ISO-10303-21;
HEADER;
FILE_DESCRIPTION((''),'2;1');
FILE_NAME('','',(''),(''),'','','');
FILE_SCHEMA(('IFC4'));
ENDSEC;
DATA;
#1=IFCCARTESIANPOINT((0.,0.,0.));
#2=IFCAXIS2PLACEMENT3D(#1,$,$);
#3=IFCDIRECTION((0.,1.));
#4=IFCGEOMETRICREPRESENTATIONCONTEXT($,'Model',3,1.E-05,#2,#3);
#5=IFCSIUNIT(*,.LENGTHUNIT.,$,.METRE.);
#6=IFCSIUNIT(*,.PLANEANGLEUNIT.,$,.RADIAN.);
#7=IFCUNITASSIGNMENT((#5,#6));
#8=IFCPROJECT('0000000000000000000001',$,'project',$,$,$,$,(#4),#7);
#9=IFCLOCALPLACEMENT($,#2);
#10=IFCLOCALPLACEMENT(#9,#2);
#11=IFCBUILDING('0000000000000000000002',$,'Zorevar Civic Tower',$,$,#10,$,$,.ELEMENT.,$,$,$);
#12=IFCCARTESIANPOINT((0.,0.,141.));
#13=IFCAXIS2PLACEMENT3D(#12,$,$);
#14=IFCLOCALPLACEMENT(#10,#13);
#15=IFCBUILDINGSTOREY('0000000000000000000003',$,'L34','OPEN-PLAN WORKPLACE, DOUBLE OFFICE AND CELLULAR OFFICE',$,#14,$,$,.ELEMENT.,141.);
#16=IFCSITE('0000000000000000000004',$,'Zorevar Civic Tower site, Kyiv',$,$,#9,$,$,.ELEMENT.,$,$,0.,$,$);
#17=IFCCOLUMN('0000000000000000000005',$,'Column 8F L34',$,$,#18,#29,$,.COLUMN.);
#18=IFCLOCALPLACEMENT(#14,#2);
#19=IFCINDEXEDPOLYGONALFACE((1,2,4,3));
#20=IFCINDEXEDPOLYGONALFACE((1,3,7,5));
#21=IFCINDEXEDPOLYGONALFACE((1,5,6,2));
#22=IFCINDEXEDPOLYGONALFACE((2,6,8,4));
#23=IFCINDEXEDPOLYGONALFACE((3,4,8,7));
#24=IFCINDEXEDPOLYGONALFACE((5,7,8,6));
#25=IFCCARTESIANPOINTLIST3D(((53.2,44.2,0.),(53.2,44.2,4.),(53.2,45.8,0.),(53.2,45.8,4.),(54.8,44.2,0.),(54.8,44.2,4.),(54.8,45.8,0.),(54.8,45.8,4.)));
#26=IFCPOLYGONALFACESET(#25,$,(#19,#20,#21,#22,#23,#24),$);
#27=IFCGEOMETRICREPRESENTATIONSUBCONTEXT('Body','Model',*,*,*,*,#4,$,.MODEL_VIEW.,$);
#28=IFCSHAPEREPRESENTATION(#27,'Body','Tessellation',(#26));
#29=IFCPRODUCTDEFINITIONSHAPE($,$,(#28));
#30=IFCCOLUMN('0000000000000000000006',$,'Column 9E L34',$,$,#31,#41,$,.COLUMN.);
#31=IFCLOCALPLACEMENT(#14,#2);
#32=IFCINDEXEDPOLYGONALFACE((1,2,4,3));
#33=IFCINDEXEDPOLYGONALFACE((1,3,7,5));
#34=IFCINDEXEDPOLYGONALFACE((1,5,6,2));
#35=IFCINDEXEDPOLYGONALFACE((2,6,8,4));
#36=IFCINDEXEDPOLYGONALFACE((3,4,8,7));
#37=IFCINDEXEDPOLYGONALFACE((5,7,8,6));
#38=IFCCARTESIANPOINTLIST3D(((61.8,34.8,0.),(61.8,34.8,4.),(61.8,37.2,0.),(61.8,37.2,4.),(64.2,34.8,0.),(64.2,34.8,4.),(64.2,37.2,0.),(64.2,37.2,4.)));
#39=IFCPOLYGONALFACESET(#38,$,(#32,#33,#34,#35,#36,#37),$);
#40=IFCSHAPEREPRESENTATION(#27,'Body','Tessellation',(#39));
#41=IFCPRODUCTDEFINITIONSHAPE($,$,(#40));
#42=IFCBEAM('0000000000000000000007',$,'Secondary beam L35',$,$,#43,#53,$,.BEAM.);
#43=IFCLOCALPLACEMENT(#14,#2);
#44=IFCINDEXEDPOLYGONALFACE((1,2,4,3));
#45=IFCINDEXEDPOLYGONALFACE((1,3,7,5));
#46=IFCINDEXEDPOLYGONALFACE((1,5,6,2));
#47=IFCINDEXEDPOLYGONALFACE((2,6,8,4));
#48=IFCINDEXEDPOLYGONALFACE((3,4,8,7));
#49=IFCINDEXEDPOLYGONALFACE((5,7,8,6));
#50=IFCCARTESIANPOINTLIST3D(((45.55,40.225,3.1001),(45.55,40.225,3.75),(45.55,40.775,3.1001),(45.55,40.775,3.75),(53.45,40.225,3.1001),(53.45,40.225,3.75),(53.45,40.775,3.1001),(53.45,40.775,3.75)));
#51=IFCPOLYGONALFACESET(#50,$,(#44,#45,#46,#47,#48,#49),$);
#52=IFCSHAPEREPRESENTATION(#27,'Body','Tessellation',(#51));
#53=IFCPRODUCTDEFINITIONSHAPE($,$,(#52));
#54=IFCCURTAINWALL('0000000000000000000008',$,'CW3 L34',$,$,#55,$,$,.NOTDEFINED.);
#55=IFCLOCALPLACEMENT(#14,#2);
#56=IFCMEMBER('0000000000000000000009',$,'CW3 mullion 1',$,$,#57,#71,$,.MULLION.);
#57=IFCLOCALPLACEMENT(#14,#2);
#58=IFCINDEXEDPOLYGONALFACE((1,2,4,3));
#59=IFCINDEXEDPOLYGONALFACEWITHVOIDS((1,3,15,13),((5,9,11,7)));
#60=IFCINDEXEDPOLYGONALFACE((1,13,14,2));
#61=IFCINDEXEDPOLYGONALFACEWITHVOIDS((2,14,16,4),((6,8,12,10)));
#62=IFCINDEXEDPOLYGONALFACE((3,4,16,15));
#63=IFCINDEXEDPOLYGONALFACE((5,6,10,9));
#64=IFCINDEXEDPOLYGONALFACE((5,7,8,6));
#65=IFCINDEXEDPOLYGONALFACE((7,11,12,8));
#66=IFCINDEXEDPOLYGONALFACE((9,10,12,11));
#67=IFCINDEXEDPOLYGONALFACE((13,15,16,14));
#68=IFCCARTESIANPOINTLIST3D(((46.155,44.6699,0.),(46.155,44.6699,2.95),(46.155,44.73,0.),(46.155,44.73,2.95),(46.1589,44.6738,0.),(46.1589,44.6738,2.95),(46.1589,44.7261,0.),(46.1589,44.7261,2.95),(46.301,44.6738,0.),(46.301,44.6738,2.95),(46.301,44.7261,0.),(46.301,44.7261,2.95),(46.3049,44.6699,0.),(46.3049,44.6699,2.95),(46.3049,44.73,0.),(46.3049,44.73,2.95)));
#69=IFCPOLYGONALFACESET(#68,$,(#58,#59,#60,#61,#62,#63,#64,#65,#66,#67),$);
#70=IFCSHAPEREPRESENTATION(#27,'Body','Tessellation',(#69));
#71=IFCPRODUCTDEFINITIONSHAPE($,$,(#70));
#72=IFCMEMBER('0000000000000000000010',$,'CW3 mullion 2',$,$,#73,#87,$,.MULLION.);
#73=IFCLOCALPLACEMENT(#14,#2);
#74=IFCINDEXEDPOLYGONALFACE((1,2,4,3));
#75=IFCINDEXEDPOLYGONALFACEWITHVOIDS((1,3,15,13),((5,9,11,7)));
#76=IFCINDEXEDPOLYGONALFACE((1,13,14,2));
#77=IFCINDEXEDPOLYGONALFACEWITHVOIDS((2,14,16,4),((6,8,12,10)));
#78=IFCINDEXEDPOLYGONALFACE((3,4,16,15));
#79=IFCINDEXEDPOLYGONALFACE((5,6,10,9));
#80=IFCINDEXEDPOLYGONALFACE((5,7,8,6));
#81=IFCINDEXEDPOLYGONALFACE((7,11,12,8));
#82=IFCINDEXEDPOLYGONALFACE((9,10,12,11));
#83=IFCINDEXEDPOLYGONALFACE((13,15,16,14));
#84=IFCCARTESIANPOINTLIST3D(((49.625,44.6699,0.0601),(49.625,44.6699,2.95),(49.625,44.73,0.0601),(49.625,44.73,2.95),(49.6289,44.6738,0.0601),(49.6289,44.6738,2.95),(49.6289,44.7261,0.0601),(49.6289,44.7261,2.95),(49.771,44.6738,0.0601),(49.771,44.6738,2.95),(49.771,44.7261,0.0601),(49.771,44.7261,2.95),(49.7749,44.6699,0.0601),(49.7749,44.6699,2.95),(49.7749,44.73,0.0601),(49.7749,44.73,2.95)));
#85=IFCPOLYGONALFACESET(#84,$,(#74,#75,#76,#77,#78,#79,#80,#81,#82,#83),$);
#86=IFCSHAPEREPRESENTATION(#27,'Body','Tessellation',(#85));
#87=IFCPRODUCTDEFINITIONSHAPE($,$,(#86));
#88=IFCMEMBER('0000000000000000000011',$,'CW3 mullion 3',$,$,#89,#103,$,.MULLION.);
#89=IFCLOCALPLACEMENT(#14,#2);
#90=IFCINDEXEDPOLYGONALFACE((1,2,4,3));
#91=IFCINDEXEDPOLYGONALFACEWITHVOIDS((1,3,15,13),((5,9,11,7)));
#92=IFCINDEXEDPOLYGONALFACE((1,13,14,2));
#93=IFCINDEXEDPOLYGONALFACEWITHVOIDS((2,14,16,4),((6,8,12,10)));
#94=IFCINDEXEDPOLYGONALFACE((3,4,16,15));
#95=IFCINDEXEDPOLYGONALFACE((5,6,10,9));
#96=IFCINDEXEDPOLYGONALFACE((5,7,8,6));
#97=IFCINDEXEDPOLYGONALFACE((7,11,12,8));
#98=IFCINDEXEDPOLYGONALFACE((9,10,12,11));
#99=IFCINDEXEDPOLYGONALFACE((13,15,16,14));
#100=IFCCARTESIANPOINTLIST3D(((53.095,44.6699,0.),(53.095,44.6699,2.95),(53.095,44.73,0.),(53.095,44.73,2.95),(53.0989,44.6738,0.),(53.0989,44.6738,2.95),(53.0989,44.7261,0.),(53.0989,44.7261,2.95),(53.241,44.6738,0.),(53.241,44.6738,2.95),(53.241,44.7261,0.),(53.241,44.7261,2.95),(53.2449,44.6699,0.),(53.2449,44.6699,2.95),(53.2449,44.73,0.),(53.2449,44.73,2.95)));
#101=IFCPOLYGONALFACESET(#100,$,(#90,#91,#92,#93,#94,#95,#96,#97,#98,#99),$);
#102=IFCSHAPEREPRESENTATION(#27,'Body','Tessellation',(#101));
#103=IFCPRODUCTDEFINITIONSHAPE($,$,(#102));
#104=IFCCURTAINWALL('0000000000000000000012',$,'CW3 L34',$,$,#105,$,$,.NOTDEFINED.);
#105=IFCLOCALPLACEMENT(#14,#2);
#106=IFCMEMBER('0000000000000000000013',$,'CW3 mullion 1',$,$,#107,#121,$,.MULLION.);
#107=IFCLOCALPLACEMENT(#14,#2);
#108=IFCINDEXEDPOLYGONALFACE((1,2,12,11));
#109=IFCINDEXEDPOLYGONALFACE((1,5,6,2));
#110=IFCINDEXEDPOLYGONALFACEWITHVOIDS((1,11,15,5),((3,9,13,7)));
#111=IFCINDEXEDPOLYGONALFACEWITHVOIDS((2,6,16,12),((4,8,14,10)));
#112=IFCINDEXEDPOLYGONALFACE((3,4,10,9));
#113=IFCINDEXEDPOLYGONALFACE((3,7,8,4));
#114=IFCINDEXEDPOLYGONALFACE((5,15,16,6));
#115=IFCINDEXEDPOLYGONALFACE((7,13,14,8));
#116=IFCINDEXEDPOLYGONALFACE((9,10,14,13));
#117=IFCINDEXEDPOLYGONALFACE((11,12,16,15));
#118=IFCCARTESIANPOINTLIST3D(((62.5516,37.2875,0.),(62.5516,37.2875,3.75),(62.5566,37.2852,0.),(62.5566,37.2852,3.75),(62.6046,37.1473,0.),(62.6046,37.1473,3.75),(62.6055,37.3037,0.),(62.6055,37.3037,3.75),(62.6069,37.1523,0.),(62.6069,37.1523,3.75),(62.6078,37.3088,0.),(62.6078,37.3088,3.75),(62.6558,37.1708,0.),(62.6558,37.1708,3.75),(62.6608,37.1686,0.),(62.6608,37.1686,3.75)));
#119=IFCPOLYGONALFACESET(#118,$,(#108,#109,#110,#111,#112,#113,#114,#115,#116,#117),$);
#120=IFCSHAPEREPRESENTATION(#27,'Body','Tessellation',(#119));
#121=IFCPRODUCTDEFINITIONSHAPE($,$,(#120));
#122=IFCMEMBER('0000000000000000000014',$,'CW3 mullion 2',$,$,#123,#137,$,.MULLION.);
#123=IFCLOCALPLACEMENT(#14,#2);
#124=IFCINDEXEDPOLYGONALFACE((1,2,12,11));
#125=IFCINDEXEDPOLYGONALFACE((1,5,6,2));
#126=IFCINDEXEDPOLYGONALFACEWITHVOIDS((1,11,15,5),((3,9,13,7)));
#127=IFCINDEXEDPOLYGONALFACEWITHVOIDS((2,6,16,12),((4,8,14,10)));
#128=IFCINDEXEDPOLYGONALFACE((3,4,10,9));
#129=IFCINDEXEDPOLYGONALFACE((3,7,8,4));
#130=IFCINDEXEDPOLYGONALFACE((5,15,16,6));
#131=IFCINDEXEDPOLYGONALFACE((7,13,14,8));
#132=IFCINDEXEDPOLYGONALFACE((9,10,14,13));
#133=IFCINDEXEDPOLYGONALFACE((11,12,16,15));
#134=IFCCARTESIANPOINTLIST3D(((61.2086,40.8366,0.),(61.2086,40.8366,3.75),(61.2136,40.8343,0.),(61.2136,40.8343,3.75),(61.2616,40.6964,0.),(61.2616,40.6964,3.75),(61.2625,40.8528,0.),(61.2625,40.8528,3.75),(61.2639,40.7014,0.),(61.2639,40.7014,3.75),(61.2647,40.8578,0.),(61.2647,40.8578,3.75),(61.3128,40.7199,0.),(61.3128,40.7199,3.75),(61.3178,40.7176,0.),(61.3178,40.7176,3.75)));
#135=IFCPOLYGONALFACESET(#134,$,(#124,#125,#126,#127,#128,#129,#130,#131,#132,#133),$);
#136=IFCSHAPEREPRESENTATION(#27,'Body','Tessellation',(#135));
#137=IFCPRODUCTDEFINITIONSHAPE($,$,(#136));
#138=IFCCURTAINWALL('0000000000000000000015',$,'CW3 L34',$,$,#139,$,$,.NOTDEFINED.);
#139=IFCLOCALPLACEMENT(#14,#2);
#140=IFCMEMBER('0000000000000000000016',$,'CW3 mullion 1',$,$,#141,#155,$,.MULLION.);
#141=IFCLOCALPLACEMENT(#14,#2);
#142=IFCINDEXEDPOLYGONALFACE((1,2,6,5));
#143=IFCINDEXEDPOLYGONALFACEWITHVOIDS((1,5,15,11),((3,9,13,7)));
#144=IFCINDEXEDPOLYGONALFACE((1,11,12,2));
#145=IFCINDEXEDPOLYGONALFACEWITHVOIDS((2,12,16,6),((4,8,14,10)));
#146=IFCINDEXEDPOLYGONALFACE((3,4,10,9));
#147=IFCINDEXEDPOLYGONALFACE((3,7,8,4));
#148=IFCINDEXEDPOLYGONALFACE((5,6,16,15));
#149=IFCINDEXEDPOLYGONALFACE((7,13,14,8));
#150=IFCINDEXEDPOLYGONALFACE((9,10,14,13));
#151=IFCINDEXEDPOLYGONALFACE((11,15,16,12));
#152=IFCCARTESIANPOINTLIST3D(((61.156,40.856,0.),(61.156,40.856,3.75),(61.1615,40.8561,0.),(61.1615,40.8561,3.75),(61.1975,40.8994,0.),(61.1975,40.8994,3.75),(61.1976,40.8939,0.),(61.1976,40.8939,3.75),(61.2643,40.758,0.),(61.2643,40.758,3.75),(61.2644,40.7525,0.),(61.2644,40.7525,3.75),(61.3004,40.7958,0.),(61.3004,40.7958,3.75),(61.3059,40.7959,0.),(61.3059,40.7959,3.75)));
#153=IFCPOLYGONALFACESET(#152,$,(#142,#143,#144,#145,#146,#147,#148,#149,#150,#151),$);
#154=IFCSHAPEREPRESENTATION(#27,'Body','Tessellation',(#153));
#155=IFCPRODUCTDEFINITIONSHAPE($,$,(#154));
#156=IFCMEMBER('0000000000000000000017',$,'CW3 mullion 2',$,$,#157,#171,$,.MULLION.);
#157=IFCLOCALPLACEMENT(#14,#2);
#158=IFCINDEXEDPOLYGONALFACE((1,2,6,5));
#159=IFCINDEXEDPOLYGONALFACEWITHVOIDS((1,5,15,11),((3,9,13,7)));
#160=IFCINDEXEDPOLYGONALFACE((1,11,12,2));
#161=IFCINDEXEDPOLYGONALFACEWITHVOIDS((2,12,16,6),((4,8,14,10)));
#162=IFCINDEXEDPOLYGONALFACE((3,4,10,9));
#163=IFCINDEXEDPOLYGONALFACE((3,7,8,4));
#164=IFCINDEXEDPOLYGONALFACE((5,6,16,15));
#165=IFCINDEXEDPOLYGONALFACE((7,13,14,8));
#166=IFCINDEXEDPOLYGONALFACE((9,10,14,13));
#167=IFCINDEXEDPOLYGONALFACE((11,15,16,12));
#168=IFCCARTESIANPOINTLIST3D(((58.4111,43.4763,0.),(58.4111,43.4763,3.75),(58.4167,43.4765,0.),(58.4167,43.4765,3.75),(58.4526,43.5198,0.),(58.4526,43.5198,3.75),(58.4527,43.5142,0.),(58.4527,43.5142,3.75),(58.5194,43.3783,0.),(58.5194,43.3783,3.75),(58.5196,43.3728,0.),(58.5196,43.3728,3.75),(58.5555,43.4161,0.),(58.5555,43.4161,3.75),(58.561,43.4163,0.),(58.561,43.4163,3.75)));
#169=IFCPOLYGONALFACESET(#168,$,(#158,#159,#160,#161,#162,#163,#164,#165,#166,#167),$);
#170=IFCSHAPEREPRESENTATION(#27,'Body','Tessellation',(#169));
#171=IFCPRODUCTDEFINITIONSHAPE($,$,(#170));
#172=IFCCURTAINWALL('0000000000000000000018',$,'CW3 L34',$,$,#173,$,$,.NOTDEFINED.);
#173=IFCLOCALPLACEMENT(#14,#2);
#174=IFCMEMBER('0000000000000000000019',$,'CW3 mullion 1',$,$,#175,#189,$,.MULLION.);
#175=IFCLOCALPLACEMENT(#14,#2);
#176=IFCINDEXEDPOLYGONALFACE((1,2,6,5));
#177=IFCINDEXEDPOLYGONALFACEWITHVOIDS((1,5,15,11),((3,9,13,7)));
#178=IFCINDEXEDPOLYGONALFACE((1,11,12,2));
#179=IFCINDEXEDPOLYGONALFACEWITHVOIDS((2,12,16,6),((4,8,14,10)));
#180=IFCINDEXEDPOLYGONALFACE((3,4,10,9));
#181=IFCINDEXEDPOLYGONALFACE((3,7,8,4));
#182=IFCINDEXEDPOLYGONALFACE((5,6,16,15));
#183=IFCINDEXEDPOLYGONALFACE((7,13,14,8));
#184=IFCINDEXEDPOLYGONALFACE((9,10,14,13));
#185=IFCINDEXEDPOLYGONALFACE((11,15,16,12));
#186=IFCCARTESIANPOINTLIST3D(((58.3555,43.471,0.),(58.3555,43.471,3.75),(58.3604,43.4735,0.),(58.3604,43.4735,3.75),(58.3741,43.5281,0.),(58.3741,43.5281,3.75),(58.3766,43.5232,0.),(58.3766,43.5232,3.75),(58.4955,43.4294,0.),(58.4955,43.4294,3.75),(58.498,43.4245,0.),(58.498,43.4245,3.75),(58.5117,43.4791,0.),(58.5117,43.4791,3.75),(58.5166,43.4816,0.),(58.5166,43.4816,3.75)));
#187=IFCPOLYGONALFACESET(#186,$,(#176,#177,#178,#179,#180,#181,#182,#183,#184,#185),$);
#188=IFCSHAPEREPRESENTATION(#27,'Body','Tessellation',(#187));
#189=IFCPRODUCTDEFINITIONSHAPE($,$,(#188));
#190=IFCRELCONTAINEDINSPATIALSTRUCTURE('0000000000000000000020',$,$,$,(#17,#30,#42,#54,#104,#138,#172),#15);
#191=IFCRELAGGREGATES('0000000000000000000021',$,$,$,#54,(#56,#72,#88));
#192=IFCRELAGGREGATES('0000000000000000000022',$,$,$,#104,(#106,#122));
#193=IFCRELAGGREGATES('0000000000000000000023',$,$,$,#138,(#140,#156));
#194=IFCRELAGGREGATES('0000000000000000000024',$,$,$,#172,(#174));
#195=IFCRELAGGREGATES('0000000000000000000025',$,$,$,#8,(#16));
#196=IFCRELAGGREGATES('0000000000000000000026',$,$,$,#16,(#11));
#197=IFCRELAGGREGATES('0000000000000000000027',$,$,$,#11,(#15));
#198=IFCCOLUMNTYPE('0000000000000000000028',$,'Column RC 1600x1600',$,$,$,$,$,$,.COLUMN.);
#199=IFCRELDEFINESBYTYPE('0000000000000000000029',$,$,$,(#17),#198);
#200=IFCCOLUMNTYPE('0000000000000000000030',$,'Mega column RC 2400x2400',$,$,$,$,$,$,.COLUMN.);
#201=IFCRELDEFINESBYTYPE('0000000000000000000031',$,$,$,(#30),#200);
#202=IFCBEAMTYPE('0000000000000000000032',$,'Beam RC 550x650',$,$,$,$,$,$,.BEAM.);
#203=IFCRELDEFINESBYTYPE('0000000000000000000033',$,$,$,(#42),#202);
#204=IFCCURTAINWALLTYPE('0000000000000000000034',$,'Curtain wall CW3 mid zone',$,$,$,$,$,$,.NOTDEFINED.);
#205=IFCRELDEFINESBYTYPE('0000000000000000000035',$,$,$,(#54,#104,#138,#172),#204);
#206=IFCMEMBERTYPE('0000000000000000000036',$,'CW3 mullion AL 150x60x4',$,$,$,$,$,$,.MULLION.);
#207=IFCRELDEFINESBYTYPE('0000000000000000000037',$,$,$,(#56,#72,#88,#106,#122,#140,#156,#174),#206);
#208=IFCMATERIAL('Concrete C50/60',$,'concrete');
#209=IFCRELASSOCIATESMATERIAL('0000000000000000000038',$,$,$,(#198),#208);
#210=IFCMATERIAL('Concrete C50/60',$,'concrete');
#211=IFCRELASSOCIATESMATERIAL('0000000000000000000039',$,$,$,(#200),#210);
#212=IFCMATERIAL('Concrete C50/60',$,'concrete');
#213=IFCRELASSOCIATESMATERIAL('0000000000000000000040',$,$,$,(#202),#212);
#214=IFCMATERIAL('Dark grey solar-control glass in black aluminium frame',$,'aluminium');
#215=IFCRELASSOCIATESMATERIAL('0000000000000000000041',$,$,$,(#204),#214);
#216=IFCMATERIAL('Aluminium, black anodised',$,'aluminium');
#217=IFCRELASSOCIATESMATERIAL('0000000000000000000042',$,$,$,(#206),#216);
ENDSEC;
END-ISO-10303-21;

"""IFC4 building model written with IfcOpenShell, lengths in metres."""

from ifc_helpers import new_model, si_unit, direction, frame, origin, origin_2d, place, context, subcontext, project, spatial, rectangle, hollow_rectangle, extrude, material, material_profile, profile_set, type_object, element, aggregate, save


model = new_model("IFC4")

# Units and contexts
model_context = context("Model", 3, precision=1e-05, world=origin(), true_north=direction((0.0, 1.0)))
body_context = subcontext(model_context, "Body", "Model", "MODEL_VIEW")
ifc_project = project(units=[si_unit("LENGTHUNIT", "METRE"), si_unit("PLANEANGLEUNIT", "RADIAN")], contexts=[model_context])

# Site, building, storey
site_placement = place(None, origin())
site = spatial("IfcSite", under=ifc_project, at=site_placement, Name="Zorevar Civic Tower site, Kyiv", CompositionType="ELEMENT", RefElevation=0.0)
building_placement = place(site_placement, origin())
building = spatial("IfcBuilding", under=site, at=building_placement, Name="Zorevar Civic Tower", CompositionType="ELEMENT")
storey_placement = place(building_placement, frame((0.0, 0.0, 141.0)))
storey = spatial("IfcBuildingStorey", under=building, at=storey_placement, Name="L34", Description="OPEN-PLAN WORKPLACE, DOUBLE OFFICE AND CELLULAR OFFICE", CompositionType="ELEMENT", Elevation=141.0)

# Columns
ifc_material_1 = material(Name="Concrete C50/60", Category="concrete")
ifc_material_profile_1 = material_profile(ifc_material_1, rectangle(XDim=1.6001, YDim=1.6001, at=origin_2d()), Name="RC 1600x1600")
ifc_profile_set_1 = profile_set([ifc_material_profile_1], Name="Concrete C50/60")
column_type_1 = type_object("IfcColumnType", Name="Column RC 1600x1600", PredefinedType="COLUMN", material=ifc_profile_set_1)
column_1_placement = place(storey_placement, frame((54.0, 45.0, 0.0), z_axis=(0.0, 0.0, 1.0), x_axis=(1.0, 0.0, 0.0)))
element("IfcColumn", 1, at=column_1_placement, inside=storey, type_object=column_type_1, Name="Column 8F L34", PredefinedType="COLUMN", context=body_context, shape_type="SweptSolid", body=[
    extrude(rectangle(XDim=1.6001, YDim=1.6001, at=origin_2d()), origin(), (0.0, 0.0, 1.0), 4.0),
])
ifc_material_2 = material(Name="Concrete C50/60", Category="concrete")
ifc_material_profile_2 = material_profile(ifc_material_2, rectangle(XDim=2.3999, YDim=2.3999, at=origin_2d()), Name="RC 2400x2400")
ifc_profile_set_2 = profile_set([ifc_material_profile_2], Name="Concrete C50/60")
column_type_2 = type_object("IfcColumnType", Name="Mega column RC 2400x2400", PredefinedType="COLUMN", material=ifc_profile_set_2)
column_2_placement = place(storey_placement, frame((63.0, 36.0, 0.0), z_axis=(0.0, 0.0, 1.0), x_axis=(1.0, 0.0, 0.0)))
element("IfcColumn", 2, at=column_2_placement, inside=storey, type_object=column_type_2, Name="Column 9E L34", PredefinedType="COLUMN", context=body_context, shape_type="SweptSolid", body=[
    extrude(rectangle(XDim=2.3999, YDim=2.3999, at=origin_2d()), origin(), (0.0, 0.0, 1.0), 4.0),
])

# Beam
ifc_material_3 = material(Name="Concrete C50/60", Category="concrete")
ifc_material_profile_3 = material_profile(ifc_material_3, rectangle(XDim=0.55, YDim=0.6499, at=origin_2d()), Name="RC 550x650")
ifc_profile_set_3 = profile_set([ifc_material_profile_3], Name="Concrete C50/60")
beam_type_1 = type_object("IfcBeamType", Name="Beam RC 550x650", PredefinedType="BEAM", material=ifc_profile_set_3)
beam_1_placement = place(storey_placement, frame((45.55, 40.5, 3.425), z_axis=(1.0, 0.0, 0.0), x_axis=(0.0, 1.0, 0.0)))
element("IfcBeam", 3, at=beam_1_placement, inside=storey, type_object=beam_type_1, Name="Secondary beam L35", PredefinedType="BEAM", context=body_context, shape_type="SweptSolid", body=[
    extrude(rectangle(XDim=0.55, YDim=0.6499, at=origin_2d()), origin(), (0.0, 0.0, 1.0), 7.8999),
])

# Curtain walls, members
ifc_material_4 = material(Name="Dark grey solar-control glass in black aluminium frame", Category="aluminium")
curtain_wall_type = type_object("IfcCurtainWallType", Name="Curtain wall CW3 mid zone", PredefinedType="NOTDEFINED", material=ifc_material_4)
curtain_wall_1_placement = place(storey_placement, origin())
curtain_wall_1 = element("IfcCurtainWall", 4, at=curtain_wall_1_placement, inside=storey, type_object=curtain_wall_type, Name="CW3 L34", PredefinedType="NOTDEFINED")
ifc_material_5 = material(Name="Aluminium, black anodised", Category="aluminium")
ifc_material_profile_4 = material_profile(ifc_material_5, hollow_rectangle(XDim=0.0601, YDim=0.1499, WallThickness=0.0039, at=origin_2d()), Name="AL 150x60x4")
ifc_profile_set_4 = profile_set([ifc_material_profile_4], Name="Aluminium, black anodised")
member_type_1 = type_object("IfcMemberType", Name="CW3 mullion AL 150x60x4", PredefinedType="MULLION", material=ifc_profile_set_4)
member_1_placement = place(storey_placement, frame((46.23, 44.7, 0.0), z_axis=(0.0, 0.0, 1.0), x_axis=(0.0, 1.0, 0.0)))
member_1 = element("IfcMember", 5, at=member_1_placement, type_object=member_type_1, Name="CW3 mullion 1", PredefinedType="MULLION", context=body_context, shape_type="SweptSolid", body=[
    extrude(hollow_rectangle(XDim=0.0601, YDim=0.1499, WallThickness=0.0039, at=origin_2d()), origin(), (0.0, 0.0, 1.0), 2.95),
])
member_2_placement = place(storey_placement, frame((49.7, 44.7, 0.0601), z_axis=(0.0, 0.0, 1.0), x_axis=(0.0, 1.0, 0.0)))
member_2 = element("IfcMember", 6, at=member_2_placement, type_object=member_type_1, Name="CW3 mullion 2", PredefinedType="MULLION", context=body_context, shape_type="SweptSolid", body=[
    extrude(hollow_rectangle(XDim=0.0601, YDim=0.1499, WallThickness=0.0039, at=origin_2d()), origin(), (0.0, 0.0, 1.0), 2.8899),
])
member_3_placement = place(storey_placement, frame((53.1699, 44.7, 0.0), z_axis=(0.0, 0.0, 1.0), x_axis=(0.0, 1.0, 0.0)))
member_3 = element("IfcMember", 7, at=member_3_placement, type_object=member_type_1, Name="CW3 mullion 3", PredefinedType="MULLION", context=body_context, shape_type="SweptSolid", body=[
    extrude(hollow_rectangle(XDim=0.0601, YDim=0.1499, WallThickness=0.0039, at=origin_2d()), origin(), (0.0, 0.0, 1.0), 2.95),
])
curtain_wall_2_placement = place(storey_placement, origin())
curtain_wall_2 = element("IfcCurtainWall", 8, at=curtain_wall_2_placement, inside=storey, type_object=curtain_wall_type, Name="CW3 L34", PredefinedType="NOTDEFINED")
member_4_placement = place(storey_placement, frame((62.6062, 37.228, 0.0), z_axis=(0.0, 0.0, 1.0), x_axis=(-0.935277, -0.353918, 0.0)))
member_4 = element("IfcMember", 9, at=member_4_placement, type_object=member_type_1, Name="CW3 mullion 1", PredefinedType="MULLION", context=body_context, shape_type="SweptSolid", body=[
    extrude(hollow_rectangle(XDim=0.0601, YDim=0.1499, WallThickness=0.0039, at=origin_2d()), origin(), (0.0, 0.0, 1.0), 3.75),
])
member_5_placement = place(storey_placement, frame((61.2632, 40.7771, 0.0), z_axis=(0.0, 0.0, 1.0), x_axis=(-0.935277, -0.353918, 0.0)))
member_5 = element("IfcMember", 10, at=member_5_placement, type_object=member_type_1, Name="CW3 mullion 2", PredefinedType="MULLION", context=body_context, shape_type="SweptSolid", body=[
    extrude(hollow_rectangle(XDim=0.0601, YDim=0.1499, WallThickness=0.0039, at=origin_2d()), origin(), (0.0, 0.0, 1.0), 3.75),
])
curtain_wall_3_placement = place(storey_placement, origin())
curtain_wall_3 = element("IfcCurtainWall", 11, at=curtain_wall_3_placement, inside=storey, type_object=curtain_wall_type, Name="CW3 L34", PredefinedType="NOTDEFINED")
member_6_placement = place(storey_placement, frame((61.231, 40.8259, 0.0), z_axis=(0.0, 0.0, 1.0), x_axis=(-0.690545, -0.723289, 0.0)))
member_6 = element("IfcMember", 12, at=member_6_placement, type_object=member_type_1, Name="CW3 mullion 1", PredefinedType="MULLION", context=body_context, shape_type="SweptSolid", body=[
    extrude(hollow_rectangle(XDim=0.0601, YDim=0.1499, WallThickness=0.0039, at=origin_2d()), origin(), (0.0, 0.0, 1.0), 3.75),
])
member_7_placement = place(storey_placement, frame((58.4861, 43.4463, 0.0), z_axis=(0.0, 0.0, 1.0), x_axis=(-0.690545, -0.723289, 0.0)))
member_7 = element("IfcMember", 13, at=member_7_placement, type_object=member_type_1, Name="CW3 mullion 2", PredefinedType="MULLION", context=body_context, shape_type="SweptSolid", body=[
    extrude(hollow_rectangle(XDim=0.0601, YDim=0.1499, WallThickness=0.0039, at=origin_2d()), origin(), (0.0, 0.0, 1.0), 3.75),
])
curtain_wall_4_placement = place(storey_placement, origin())
curtain_wall_4 = element("IfcCurtainWall", 14, at=curtain_wall_4_placement, inside=storey, type_object=curtain_wall_type, Name="CW3 L34", PredefinedType="NOTDEFINED")
member_8_placement = place(storey_placement, frame((58.436, 43.4763, 0.0), z_axis=(0.0, 0.0, 1.0), x_axis=(-0.310263, -0.950651, 0.0)))
member_8 = element("IfcMember", 15, at=member_8_placement, type_object=member_type_1, Name="CW3 mullion 1", PredefinedType="MULLION", context=body_context, shape_type="SweptSolid", body=[
    extrude(hollow_rectangle(XDim=0.0601, YDim=0.1499, WallThickness=0.0039, at=origin_2d()), origin(), (0.0, 0.0, 1.0), 3.75),
])

aggregate(curtain_wall_1, [member_1, member_2, member_3])
aggregate(curtain_wall_2, [member_4, member_5])
aggregate(curtain_wall_3, [member_6, member_7])
aggregate(curtain_wall_4, [member_8])

save(model, "model.ifc")
